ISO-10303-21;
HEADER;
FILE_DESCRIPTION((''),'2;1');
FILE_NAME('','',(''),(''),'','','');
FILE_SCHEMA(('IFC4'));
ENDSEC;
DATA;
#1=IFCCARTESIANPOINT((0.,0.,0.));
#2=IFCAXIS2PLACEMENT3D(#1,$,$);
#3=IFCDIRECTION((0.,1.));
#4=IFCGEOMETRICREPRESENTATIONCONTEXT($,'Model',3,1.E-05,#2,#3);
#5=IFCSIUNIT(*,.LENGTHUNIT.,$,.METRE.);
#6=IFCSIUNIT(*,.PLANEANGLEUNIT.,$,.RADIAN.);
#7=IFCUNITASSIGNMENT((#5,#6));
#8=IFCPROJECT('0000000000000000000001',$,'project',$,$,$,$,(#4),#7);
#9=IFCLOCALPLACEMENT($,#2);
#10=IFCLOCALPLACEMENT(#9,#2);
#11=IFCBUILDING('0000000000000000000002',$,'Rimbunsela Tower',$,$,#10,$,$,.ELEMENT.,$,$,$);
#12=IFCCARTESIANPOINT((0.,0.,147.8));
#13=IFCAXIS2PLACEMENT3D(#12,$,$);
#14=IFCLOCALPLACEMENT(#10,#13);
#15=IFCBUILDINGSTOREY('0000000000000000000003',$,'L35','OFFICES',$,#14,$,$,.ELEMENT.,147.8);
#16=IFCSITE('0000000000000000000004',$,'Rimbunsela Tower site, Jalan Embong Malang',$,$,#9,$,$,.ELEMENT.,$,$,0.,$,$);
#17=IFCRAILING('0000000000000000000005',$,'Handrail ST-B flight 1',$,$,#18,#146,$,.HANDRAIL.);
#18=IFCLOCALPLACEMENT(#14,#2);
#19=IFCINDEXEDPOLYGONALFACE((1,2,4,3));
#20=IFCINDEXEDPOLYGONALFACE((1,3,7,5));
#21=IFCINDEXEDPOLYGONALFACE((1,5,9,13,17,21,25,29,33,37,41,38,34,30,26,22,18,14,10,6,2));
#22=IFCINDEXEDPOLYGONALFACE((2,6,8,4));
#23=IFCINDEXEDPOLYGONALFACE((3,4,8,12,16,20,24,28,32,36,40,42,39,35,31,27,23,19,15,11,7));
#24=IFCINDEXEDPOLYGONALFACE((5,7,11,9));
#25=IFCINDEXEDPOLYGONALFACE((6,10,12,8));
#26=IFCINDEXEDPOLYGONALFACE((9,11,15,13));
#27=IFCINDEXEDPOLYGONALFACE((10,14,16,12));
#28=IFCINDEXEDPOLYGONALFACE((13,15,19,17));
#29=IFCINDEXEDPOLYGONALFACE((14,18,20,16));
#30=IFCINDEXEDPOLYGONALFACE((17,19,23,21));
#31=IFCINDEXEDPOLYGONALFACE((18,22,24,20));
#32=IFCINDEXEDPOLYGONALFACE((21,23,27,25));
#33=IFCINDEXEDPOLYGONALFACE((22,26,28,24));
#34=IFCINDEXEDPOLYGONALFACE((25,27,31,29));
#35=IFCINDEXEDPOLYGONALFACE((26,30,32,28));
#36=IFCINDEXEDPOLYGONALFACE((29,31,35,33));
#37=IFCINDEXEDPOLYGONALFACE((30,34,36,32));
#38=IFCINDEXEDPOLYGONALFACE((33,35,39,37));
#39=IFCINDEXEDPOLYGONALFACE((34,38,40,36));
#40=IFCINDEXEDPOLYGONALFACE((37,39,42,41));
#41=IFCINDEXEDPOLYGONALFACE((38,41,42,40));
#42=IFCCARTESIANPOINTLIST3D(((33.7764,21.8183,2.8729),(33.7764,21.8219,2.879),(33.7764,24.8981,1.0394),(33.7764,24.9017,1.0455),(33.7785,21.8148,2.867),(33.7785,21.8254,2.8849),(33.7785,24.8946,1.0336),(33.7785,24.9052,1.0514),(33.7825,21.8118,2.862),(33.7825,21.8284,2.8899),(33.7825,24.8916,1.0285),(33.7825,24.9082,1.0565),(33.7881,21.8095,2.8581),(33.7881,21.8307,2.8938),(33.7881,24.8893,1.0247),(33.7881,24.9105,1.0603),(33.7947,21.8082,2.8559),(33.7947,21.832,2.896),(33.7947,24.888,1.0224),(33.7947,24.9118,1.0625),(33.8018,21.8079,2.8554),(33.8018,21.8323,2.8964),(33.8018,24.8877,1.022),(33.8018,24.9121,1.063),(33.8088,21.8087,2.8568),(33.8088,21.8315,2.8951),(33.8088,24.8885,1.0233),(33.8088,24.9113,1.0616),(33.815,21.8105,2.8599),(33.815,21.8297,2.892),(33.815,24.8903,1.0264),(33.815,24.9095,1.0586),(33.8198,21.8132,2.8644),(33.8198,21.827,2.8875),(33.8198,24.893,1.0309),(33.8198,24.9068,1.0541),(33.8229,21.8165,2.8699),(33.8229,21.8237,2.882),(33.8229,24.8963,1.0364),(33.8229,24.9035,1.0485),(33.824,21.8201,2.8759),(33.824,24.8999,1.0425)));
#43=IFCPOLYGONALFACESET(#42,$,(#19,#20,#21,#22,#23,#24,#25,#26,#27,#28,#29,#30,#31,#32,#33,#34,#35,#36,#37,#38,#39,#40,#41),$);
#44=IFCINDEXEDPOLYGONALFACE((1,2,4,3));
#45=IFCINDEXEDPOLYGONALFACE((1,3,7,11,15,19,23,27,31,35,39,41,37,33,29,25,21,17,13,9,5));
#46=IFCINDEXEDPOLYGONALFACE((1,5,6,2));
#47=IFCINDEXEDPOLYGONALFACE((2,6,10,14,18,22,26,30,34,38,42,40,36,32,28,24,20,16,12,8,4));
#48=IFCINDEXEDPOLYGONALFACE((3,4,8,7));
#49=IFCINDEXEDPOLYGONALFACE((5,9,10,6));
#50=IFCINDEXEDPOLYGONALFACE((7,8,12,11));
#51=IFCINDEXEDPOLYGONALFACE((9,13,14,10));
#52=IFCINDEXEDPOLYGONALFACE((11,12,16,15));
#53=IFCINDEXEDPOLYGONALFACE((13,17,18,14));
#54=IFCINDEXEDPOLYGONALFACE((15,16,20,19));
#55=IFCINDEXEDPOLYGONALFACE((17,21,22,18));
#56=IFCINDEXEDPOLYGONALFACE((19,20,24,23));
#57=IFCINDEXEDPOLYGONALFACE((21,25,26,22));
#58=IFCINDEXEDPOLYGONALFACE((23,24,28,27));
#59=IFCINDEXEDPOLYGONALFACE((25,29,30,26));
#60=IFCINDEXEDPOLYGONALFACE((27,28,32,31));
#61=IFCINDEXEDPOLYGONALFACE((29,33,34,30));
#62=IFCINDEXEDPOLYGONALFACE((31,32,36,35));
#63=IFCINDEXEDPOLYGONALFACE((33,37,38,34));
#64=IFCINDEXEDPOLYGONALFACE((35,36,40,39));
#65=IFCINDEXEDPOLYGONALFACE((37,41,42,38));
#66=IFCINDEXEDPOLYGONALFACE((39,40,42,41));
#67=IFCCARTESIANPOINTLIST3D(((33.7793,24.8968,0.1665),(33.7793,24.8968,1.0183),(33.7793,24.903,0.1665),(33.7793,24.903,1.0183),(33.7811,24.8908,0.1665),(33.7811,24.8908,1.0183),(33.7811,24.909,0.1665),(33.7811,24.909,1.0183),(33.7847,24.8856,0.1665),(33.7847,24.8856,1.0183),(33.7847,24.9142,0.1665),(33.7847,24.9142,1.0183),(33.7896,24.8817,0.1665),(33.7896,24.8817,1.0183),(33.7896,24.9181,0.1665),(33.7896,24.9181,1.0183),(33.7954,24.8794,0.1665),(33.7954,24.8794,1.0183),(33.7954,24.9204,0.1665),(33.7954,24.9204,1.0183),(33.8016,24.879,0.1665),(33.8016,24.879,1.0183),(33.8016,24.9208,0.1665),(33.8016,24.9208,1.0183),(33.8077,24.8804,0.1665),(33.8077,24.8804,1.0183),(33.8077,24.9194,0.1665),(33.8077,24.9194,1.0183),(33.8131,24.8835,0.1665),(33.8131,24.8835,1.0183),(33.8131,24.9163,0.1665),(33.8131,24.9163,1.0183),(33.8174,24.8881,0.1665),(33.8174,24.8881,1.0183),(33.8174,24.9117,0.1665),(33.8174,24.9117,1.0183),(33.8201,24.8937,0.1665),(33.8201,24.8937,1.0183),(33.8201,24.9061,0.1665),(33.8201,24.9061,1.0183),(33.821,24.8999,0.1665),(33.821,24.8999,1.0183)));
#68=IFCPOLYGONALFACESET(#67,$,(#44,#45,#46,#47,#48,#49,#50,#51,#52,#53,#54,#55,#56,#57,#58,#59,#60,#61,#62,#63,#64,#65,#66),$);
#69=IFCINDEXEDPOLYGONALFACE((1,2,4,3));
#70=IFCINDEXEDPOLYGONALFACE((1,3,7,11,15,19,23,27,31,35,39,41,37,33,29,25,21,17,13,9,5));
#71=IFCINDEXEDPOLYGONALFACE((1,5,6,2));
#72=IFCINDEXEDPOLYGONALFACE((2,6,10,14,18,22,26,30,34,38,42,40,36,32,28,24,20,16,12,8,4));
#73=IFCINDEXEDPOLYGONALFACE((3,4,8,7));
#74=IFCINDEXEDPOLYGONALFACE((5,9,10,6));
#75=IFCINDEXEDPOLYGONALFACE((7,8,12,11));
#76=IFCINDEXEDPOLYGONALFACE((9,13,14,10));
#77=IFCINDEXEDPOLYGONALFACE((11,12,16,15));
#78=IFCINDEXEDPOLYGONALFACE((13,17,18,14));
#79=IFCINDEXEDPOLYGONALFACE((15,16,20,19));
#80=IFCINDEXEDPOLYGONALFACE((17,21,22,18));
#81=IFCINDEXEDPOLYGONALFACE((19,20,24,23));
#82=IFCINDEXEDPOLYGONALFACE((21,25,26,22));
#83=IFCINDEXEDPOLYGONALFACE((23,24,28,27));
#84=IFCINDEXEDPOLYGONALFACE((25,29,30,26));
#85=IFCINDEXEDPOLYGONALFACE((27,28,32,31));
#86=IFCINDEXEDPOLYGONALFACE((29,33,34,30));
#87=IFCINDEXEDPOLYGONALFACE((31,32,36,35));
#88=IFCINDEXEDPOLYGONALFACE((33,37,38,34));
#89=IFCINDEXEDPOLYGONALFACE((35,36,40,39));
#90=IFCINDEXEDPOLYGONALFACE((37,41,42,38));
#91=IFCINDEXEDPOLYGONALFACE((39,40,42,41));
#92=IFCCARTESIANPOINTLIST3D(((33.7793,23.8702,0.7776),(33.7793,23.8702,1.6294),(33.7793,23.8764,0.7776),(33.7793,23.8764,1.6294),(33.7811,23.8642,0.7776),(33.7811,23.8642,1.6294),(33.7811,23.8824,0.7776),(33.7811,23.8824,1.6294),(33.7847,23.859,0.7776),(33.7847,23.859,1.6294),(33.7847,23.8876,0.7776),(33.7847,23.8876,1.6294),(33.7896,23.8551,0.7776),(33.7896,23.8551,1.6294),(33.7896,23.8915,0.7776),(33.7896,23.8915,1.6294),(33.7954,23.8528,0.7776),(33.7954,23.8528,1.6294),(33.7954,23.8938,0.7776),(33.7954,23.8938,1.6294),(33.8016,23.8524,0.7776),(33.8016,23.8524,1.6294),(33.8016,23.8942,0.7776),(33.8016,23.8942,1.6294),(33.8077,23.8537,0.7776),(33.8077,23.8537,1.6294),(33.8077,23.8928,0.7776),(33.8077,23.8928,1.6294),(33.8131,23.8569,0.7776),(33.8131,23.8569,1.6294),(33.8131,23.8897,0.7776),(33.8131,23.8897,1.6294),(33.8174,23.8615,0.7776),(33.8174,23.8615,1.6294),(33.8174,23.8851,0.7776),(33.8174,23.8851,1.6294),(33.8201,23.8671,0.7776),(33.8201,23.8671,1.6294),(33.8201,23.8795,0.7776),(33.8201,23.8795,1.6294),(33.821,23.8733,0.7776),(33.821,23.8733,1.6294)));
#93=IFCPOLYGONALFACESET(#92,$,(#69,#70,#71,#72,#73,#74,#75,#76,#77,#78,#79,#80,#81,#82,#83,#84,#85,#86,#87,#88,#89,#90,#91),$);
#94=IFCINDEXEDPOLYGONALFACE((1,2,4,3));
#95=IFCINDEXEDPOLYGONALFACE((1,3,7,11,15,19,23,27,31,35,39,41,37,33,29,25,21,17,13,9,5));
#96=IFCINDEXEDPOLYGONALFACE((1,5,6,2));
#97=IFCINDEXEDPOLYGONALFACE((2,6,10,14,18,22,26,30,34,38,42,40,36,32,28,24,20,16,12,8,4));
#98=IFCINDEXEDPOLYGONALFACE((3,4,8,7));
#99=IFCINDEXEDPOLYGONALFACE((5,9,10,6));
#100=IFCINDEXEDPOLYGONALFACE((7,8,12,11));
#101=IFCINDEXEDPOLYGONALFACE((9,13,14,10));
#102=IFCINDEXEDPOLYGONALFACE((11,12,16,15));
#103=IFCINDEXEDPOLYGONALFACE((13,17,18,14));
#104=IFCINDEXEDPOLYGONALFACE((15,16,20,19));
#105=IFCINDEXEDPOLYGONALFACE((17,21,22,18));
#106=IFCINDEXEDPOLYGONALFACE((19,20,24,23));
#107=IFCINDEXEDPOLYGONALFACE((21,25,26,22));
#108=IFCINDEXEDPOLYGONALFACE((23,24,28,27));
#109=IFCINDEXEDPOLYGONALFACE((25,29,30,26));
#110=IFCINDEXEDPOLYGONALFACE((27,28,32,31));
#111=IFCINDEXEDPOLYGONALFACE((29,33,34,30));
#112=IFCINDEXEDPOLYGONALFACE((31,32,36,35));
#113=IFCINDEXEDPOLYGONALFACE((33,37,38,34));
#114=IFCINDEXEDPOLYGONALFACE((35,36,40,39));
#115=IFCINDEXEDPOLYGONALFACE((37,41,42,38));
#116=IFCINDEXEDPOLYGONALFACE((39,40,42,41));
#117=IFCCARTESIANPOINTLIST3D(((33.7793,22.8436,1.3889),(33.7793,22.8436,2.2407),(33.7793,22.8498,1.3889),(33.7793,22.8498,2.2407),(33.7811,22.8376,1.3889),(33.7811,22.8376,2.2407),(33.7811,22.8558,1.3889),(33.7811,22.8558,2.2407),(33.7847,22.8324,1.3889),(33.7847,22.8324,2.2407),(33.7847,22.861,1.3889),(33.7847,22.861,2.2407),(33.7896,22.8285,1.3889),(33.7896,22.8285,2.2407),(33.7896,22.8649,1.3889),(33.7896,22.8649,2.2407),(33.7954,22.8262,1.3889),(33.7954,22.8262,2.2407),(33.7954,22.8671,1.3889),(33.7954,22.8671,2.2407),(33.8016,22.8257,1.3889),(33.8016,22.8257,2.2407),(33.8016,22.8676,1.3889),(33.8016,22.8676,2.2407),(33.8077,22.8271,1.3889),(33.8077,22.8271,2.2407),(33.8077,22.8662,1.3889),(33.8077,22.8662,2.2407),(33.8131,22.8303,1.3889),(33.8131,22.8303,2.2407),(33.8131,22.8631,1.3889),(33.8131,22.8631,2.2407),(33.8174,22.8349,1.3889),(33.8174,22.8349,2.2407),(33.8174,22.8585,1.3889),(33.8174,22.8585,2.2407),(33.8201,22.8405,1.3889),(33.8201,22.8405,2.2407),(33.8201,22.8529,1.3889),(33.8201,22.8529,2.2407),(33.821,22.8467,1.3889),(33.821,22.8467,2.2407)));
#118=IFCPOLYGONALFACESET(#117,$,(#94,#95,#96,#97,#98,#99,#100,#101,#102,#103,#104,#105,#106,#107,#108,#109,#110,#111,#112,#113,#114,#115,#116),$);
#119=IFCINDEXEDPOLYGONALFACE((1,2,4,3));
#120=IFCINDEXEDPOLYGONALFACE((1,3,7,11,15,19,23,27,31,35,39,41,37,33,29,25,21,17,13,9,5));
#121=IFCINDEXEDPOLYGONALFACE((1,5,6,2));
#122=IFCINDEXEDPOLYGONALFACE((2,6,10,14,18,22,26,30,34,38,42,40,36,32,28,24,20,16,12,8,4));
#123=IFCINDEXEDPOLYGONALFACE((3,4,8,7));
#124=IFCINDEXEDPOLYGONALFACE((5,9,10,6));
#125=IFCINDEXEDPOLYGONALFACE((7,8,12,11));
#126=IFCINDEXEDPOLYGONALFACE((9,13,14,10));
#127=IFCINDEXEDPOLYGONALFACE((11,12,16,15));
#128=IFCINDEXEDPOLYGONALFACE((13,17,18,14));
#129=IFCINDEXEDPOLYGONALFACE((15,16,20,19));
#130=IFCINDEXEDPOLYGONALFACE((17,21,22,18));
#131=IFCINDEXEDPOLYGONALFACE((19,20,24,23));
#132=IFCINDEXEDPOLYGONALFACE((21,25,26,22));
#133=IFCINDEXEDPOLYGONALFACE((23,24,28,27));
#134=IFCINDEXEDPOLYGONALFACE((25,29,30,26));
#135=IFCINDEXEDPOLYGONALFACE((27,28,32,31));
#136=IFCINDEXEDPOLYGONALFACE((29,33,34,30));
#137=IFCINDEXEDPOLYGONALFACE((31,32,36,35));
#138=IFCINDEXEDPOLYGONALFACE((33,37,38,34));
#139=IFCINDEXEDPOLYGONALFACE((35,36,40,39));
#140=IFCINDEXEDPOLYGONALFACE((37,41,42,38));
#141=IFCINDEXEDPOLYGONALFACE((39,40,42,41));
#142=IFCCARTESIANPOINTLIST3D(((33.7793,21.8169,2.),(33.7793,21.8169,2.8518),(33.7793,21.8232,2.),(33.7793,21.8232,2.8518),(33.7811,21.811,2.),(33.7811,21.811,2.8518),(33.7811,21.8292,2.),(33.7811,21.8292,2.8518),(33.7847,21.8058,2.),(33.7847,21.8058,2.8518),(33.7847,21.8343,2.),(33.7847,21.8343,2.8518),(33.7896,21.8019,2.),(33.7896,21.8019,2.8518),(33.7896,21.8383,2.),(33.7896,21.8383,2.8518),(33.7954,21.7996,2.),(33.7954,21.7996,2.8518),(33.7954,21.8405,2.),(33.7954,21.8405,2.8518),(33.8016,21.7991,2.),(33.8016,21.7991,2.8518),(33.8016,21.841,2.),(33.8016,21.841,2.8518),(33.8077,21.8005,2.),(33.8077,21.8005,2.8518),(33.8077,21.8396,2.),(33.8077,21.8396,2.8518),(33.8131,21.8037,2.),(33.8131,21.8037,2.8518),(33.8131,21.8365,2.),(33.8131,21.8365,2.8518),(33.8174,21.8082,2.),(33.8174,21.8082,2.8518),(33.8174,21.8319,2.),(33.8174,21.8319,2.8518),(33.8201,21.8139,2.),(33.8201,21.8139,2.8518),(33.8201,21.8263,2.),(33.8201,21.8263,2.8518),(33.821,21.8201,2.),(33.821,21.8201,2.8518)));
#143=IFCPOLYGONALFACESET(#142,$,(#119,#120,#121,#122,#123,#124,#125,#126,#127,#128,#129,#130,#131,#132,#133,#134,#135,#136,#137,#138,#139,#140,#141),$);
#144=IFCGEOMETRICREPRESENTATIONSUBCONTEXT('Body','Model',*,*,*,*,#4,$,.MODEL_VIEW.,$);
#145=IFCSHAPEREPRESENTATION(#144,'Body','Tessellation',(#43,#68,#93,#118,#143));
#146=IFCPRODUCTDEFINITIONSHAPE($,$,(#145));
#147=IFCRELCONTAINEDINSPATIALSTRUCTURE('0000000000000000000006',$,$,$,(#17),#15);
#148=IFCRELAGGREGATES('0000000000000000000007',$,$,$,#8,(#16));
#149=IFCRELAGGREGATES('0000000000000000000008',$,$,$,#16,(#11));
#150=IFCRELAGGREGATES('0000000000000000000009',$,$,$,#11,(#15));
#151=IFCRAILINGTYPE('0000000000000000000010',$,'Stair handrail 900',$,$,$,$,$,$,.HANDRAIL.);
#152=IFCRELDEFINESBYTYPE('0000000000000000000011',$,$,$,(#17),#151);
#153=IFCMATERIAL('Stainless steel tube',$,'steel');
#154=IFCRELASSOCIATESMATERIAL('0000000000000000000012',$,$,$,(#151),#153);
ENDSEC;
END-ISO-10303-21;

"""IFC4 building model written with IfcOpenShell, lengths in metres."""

from ifc_helpers import new_model, si_unit, direction, frame, origin, origin_2d, place, context, subcontext, project, spatial, circle, extrude, material, type_object, element, save


model = new_model("IFC4")

# Units and contexts
model_context = context("Model", 3, precision=1e-05, world=origin(), true_north=direction((0.0, 1.0)))
body_context = subcontext(model_context, "Body", "Model", "MODEL_VIEW")
ifc_project = project(units=[si_unit("LENGTHUNIT", "METRE"), si_unit("PLANEANGLEUNIT", "RADIAN")], contexts=[model_context])

# Site, building, storey
site_placement = place(None, origin())
site = spatial("IfcSite", under=ifc_project, at=site_placement, Name="Rimbunsela Tower site, Jalan Embong Malang", CompositionType="ELEMENT", RefElevation=0.0)
building_placement = place(site_placement, origin())
building = spatial("IfcBuilding", under=site, at=building_placement, Name="Rimbunsela Tower", CompositionType="ELEMENT")
storey_placement = place(building_placement, frame((0.0, 0.0, 147.8)))
storey = spatial("IfcBuildingStorey", under=building, at=storey_placement, Name="L35", Description="OFFICES", CompositionType="ELEMENT", Elevation=147.8)

# Railing
ifc_material_1 = material(Name="Stainless steel tube", Category="steel")
railing_type = type_object("IfcRailingType", Name="Stair handrail 900", PredefinedType="HANDRAIL", material=ifc_material_1)
railing_1_placement = place(storey_placement, frame((33.8, 24.8999, 0.1665)))
element("IfcRailing", 1, at=railing_1_placement, inside=storey, type_object=railing_type, Name="Handrail ST-B flight 1", PredefinedType="HANDRAIL", context=body_context, shape_type="SweptSolid", body=[
    extrude(circle(Radius=0.0239, at=origin_2d()), frame((0.0, 0.0, 0.876), z_axis=(0.0, -0.859261, 0.511538), x_axis=(1.0, 0.0, 0.0)), (0.0, 0.0, 1.0), 3.5842),
    extrude(circle(Radius=0.021, at=origin_2d()), origin(), (0.0, 0.0, 1.0), 0.8518),
    extrude(circle(Radius=0.021, at=origin_2d()), frame((0.0, -1.0266, 0.6111)), (0.0, 0.0, 1.0), 0.8518),
    extrude(circle(Radius=0.021, at=origin_2d()), frame((0.0, -2.0532, 1.2224)), (0.0, 0.0, 1.0), 0.8518),
    extrude(circle(Radius=0.021, at=origin_2d()), frame((0.0, -3.0798, 1.8335)), (0.0, 0.0, 1.0), 0.8518),
])

save(model, "model.ifc")
